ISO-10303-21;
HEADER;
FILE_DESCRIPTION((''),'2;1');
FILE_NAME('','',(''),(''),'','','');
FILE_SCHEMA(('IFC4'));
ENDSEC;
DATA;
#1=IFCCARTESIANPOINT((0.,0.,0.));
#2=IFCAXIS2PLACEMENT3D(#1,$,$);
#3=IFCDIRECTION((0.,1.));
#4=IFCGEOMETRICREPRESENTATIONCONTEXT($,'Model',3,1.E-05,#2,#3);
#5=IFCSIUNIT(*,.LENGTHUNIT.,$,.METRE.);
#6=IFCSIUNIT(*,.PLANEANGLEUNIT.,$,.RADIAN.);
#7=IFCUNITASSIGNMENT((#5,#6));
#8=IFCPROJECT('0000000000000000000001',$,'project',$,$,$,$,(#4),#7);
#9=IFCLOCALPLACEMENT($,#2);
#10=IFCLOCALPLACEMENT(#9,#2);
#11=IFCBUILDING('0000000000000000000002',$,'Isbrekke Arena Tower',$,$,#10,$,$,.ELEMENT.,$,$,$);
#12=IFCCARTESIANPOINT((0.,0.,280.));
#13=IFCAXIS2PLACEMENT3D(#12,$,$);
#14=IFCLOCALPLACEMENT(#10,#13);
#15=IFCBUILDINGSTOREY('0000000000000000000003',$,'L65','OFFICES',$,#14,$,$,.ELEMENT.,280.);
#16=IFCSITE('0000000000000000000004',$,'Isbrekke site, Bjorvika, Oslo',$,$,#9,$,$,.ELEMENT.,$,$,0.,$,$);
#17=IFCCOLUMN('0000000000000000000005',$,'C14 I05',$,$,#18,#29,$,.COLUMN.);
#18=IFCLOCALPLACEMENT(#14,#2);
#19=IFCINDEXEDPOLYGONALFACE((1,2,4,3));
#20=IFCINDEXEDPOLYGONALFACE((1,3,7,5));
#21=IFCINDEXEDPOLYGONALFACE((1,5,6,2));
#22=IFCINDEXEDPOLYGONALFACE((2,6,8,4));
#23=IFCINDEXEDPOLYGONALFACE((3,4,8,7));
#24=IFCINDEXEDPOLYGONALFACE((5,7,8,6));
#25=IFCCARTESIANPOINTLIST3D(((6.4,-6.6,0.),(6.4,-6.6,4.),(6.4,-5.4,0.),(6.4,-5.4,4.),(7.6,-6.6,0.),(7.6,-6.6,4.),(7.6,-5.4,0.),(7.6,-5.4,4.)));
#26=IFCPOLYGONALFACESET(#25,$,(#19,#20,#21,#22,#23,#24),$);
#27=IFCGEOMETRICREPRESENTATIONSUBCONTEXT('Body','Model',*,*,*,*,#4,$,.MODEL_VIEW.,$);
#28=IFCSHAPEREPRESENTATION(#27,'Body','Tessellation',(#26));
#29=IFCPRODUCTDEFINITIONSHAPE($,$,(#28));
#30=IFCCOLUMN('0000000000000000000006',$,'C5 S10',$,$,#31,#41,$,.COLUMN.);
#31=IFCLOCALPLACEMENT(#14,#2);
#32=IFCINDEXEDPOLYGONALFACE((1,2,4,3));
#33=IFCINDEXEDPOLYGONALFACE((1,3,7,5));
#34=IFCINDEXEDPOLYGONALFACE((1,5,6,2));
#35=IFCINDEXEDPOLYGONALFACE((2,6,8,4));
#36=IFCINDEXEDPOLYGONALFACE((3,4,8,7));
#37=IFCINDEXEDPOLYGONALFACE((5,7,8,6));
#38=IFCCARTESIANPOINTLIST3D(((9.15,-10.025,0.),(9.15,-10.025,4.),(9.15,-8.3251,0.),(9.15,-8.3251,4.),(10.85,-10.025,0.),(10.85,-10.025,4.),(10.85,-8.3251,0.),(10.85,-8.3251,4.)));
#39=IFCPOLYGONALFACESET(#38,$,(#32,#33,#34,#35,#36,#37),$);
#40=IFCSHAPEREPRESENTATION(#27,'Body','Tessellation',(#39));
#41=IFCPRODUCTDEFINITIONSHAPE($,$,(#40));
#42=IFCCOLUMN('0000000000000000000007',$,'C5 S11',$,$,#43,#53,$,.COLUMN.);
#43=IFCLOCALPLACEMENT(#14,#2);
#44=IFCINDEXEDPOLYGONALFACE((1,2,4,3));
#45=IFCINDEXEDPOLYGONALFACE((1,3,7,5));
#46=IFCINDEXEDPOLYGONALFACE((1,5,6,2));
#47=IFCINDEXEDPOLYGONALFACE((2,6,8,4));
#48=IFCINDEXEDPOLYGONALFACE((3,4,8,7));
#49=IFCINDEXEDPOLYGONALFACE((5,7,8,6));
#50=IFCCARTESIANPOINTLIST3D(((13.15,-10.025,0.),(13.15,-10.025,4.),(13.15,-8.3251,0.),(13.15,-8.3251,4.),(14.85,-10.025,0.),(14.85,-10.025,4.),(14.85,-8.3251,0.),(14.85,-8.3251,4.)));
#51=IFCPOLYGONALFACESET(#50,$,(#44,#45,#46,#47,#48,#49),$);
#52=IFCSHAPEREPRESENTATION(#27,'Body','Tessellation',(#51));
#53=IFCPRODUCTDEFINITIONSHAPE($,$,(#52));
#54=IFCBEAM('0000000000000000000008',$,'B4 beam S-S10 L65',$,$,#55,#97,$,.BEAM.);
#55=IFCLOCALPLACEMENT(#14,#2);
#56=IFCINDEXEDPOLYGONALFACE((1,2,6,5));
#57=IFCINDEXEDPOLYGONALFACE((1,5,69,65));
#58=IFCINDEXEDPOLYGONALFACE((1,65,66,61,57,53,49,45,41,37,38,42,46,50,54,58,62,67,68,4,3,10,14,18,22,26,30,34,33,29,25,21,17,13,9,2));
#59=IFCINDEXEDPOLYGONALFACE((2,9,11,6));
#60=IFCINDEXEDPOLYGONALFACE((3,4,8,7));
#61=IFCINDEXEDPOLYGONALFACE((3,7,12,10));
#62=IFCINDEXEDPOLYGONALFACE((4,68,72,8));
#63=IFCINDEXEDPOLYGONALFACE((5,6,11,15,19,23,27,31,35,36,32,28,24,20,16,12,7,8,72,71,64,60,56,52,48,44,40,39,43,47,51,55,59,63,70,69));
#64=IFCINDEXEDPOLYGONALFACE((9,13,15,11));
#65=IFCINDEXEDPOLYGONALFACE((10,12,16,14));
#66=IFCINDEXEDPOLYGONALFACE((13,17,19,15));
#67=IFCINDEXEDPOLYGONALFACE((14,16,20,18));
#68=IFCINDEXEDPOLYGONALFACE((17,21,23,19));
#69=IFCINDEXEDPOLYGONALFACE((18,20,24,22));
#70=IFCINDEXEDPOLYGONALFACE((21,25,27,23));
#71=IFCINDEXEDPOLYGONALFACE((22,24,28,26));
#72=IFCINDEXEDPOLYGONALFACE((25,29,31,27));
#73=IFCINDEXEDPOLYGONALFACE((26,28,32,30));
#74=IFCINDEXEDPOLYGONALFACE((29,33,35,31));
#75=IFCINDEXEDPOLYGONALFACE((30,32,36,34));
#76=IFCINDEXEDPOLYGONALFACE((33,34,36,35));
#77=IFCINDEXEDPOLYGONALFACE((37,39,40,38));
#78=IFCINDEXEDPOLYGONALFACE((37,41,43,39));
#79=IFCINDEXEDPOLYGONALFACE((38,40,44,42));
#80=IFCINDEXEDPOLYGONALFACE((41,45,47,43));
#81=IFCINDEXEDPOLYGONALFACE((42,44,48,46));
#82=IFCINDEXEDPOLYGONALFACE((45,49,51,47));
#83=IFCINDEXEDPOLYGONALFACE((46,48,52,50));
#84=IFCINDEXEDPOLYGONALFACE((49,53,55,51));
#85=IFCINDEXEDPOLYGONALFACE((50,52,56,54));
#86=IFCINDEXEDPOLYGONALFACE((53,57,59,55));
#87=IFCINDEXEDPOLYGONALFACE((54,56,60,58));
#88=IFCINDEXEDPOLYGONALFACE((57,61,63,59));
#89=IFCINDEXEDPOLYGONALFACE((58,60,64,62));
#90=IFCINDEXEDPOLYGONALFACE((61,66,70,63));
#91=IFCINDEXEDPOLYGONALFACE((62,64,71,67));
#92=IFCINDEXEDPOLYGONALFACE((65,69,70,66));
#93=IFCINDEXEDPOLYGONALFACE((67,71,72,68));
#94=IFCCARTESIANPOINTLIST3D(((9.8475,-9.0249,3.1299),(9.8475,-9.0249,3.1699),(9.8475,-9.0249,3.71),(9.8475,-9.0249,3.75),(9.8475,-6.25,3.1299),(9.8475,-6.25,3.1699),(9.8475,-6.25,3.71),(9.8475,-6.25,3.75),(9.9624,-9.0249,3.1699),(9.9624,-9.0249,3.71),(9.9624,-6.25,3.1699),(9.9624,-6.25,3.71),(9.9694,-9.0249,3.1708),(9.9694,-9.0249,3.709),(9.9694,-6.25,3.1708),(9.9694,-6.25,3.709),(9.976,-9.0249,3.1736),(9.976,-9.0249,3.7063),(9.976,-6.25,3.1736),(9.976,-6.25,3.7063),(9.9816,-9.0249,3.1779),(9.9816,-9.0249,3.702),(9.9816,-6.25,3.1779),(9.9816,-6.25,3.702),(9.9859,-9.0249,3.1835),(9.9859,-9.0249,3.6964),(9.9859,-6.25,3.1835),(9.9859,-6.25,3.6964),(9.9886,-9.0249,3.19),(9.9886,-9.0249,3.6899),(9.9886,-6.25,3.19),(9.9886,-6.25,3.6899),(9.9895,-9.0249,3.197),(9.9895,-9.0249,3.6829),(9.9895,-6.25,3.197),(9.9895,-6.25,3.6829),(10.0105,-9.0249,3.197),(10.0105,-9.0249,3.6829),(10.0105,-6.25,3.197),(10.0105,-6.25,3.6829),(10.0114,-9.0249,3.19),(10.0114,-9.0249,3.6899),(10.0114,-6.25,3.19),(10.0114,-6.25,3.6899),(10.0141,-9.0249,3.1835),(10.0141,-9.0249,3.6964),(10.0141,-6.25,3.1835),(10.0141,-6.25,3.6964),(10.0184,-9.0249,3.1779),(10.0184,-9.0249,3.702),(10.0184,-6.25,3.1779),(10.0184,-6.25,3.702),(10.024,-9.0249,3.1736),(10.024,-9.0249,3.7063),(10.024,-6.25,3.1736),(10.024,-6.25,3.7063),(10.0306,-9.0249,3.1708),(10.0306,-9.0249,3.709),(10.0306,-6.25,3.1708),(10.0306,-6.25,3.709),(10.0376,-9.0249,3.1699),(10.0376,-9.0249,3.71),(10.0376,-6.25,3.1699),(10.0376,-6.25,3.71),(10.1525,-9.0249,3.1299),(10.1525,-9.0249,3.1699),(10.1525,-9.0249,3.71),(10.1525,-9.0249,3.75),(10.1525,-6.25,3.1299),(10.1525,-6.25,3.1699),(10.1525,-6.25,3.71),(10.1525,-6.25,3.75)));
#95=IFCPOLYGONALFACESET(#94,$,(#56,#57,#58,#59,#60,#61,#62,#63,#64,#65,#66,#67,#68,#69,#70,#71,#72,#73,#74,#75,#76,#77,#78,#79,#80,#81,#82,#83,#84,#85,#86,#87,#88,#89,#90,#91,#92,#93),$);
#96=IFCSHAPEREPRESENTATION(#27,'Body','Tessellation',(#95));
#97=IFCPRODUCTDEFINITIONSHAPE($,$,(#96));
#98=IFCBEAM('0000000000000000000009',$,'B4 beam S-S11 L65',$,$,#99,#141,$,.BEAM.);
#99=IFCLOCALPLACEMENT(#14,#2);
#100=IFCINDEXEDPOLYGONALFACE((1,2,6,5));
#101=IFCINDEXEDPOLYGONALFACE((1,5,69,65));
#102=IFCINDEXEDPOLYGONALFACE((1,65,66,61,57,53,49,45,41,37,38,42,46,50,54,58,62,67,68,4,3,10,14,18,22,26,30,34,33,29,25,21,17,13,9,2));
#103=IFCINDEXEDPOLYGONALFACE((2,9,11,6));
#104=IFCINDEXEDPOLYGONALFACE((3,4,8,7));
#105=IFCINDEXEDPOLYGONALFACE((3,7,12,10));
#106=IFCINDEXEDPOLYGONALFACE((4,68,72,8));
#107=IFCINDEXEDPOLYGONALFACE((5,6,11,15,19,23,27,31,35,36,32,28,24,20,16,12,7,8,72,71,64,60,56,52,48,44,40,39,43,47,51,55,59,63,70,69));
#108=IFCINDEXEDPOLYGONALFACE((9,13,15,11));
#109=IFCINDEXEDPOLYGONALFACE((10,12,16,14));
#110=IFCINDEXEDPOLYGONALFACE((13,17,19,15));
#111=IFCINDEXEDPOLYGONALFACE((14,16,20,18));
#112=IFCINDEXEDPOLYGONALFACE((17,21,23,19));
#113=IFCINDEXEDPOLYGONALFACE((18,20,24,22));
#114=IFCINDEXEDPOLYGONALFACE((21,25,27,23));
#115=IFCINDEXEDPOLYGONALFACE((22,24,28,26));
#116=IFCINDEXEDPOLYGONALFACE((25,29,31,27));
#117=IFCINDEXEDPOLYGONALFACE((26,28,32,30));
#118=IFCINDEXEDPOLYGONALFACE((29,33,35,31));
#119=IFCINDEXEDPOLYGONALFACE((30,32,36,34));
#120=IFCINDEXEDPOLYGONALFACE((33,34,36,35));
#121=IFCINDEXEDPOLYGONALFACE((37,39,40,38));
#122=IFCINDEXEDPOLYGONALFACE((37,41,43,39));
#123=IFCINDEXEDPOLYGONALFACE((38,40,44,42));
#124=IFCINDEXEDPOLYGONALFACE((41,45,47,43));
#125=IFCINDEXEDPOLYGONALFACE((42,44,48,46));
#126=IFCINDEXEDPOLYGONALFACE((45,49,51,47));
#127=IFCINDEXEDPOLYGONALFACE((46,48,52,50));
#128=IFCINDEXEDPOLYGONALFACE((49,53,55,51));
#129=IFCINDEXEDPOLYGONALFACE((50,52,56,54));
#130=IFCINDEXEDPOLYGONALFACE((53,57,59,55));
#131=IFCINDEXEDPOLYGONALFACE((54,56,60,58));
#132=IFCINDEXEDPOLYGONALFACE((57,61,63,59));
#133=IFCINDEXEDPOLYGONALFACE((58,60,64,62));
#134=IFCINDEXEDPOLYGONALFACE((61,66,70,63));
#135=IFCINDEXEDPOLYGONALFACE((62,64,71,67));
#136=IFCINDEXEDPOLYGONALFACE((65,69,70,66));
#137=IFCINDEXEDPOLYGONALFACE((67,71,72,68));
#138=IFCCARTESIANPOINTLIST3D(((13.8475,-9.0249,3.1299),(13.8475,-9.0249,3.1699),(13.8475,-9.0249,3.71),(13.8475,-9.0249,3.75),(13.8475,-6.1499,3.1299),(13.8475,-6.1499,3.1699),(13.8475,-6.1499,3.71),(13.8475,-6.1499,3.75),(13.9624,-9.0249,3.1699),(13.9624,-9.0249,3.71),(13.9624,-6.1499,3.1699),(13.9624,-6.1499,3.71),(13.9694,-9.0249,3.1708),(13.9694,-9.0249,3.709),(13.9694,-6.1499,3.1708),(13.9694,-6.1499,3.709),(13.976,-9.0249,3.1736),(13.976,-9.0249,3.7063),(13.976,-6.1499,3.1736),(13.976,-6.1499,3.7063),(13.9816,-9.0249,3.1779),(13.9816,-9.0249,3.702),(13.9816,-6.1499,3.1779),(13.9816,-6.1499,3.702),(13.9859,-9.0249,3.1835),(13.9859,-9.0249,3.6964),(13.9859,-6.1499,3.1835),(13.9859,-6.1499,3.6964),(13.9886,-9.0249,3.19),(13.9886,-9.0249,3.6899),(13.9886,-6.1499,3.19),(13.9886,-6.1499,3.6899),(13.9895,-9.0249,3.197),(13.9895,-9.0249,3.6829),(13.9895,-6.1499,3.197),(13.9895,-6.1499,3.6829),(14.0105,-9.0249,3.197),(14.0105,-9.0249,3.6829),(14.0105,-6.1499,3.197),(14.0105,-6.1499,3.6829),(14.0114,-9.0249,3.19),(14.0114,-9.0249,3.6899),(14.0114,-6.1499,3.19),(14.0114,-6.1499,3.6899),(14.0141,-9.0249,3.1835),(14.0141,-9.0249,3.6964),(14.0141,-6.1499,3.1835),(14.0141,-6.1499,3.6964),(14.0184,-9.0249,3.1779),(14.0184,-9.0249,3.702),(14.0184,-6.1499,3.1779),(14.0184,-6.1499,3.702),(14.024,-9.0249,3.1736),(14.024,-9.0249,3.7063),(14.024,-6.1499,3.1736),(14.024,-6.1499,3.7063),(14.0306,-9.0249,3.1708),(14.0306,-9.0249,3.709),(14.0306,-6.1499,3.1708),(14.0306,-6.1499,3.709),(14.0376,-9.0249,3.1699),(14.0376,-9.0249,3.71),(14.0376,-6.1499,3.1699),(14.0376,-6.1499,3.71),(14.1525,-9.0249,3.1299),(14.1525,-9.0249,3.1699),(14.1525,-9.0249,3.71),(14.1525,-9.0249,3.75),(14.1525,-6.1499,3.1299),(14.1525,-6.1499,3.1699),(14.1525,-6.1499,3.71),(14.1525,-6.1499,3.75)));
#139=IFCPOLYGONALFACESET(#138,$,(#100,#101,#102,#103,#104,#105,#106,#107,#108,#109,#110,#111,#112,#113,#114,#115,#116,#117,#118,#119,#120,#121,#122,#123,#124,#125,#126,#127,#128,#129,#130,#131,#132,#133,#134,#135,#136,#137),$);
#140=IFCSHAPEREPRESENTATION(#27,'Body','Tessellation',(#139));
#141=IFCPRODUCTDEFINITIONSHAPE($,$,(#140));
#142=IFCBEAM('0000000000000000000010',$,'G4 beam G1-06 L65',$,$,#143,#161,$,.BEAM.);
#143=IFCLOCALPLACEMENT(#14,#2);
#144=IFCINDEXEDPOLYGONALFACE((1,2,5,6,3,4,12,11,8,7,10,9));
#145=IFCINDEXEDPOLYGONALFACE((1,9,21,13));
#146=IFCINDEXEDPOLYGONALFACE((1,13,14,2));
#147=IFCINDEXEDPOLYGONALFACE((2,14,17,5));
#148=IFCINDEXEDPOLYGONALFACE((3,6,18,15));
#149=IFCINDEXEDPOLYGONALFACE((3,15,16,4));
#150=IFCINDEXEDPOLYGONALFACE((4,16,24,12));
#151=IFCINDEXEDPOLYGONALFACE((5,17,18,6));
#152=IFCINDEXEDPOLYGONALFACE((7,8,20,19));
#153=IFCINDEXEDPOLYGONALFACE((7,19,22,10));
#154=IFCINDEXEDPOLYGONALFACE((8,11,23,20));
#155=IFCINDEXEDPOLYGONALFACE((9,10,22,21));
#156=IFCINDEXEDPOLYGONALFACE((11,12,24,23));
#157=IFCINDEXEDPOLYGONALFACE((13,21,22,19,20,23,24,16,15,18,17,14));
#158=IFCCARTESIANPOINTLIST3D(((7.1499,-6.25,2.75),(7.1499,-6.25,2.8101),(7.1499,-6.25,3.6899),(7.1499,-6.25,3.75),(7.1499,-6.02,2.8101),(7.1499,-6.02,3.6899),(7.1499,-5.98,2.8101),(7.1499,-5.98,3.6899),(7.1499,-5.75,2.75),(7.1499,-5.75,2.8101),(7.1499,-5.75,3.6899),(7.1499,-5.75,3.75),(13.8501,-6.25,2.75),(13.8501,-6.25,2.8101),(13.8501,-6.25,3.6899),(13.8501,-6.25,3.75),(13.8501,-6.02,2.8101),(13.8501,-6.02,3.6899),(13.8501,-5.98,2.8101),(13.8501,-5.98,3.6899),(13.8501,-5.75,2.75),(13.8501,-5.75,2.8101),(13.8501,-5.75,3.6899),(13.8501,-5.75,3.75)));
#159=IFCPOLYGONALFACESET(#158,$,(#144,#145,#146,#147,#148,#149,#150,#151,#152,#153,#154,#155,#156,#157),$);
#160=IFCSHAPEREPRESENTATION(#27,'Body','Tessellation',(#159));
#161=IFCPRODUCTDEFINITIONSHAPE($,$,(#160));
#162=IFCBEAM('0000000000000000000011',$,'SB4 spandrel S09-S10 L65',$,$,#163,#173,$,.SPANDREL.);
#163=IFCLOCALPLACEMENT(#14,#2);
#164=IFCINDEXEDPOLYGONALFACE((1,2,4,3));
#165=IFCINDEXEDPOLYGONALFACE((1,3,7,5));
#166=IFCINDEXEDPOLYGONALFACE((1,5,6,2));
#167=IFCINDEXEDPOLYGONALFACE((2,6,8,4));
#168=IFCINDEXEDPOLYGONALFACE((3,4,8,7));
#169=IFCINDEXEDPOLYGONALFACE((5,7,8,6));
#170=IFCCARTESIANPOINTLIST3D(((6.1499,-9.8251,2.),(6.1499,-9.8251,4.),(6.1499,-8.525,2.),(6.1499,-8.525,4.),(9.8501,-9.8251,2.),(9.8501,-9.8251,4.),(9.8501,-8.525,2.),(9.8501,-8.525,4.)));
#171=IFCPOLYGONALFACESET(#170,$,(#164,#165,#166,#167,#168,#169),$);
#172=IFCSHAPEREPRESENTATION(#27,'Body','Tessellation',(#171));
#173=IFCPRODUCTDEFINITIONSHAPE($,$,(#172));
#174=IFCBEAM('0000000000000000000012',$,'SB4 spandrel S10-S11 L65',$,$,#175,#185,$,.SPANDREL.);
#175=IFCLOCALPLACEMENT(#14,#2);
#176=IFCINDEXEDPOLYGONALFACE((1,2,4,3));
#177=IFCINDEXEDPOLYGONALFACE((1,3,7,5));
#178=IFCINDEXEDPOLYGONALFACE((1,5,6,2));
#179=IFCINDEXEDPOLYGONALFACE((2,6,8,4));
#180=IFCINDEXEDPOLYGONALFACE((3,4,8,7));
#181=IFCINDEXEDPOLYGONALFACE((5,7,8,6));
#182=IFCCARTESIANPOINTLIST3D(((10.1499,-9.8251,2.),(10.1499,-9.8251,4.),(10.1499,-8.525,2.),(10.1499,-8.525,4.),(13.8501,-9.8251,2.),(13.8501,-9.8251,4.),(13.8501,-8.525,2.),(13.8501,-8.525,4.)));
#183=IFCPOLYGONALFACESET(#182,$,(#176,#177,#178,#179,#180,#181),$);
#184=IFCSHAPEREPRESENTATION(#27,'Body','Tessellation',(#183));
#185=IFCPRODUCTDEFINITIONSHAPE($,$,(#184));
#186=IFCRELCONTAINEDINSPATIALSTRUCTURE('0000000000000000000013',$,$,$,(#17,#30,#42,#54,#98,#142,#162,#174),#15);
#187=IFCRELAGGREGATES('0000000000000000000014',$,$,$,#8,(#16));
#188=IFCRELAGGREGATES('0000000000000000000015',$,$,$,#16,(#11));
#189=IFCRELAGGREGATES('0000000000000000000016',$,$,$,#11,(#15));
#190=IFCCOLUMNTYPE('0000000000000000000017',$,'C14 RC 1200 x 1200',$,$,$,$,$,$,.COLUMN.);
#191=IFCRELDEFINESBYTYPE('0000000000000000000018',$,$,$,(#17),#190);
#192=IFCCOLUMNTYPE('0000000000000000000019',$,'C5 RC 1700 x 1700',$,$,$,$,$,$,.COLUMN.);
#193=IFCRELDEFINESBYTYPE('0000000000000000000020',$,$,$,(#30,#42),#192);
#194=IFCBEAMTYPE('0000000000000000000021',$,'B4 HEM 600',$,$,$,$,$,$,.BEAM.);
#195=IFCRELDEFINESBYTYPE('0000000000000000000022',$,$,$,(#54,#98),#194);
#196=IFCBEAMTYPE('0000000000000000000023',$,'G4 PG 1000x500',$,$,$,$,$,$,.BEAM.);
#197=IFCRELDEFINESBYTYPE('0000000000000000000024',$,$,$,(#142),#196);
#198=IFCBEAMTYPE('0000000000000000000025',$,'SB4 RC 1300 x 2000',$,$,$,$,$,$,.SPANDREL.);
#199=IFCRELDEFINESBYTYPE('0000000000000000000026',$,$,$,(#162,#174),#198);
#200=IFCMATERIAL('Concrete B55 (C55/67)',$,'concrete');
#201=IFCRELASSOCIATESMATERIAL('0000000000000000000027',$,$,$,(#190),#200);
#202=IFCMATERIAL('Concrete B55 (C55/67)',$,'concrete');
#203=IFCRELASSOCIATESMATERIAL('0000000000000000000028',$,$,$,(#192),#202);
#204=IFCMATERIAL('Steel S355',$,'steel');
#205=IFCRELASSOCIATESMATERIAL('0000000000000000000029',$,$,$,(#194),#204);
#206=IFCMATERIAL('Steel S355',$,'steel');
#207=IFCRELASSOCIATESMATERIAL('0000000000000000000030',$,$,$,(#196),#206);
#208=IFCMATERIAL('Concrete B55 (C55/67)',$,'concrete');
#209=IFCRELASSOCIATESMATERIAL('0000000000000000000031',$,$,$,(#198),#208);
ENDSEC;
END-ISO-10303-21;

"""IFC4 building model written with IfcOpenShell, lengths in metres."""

from ifc_helpers import new_model, si_unit, direction, frame, origin, origin_2d, place, context, subcontext, project, spatial, rectangle, i_section, extrude, material, material_profile, profile_set, type_object, element, save


model = new_model("IFC4")

# Units and contexts
model_context = context("Model", 3, precision=1e-05, world=origin(), true_north=direction((0.0, 1.0)))
body_context = subcontext(model_context, "Body", "Model", "MODEL_VIEW")
ifc_project = project(units=[si_unit("LENGTHUNIT", "METRE"), si_unit("PLANEANGLEUNIT", "RADIAN")], contexts=[model_context])

# Site, building, storey
site_placement = place(None, origin())
site = spatial("IfcSite", under=ifc_project, at=site_placement, Name="Isbrekke site, Bjorvika, Oslo", CompositionType="ELEMENT", RefElevation=0.0)
building_placement = place(site_placement, origin())
building = spatial("IfcBuilding", under=site, at=building_placement, Name="Isbrekke Arena Tower", CompositionType="ELEMENT")
storey_placement = place(building_placement, frame((0.0, 0.0, 280.0)))
storey = spatial("IfcBuildingStorey", under=building, at=storey_placement, Name="L65", Description="OFFICES", CompositionType="ELEMENT", Elevation=280.0)

# Columns
ifc_material_1 = material(Name="Concrete B55 (C55/67)", Category="concrete")
ifc_material_profile_1 = material_profile(ifc_material_1, rectangle(XDim=1.2, YDim=1.2, at=origin_2d()), Name="RC 1200x1200")
ifc_profile_set_1 = profile_set([ifc_material_profile_1], Name="Concrete B55 (C55/67)")
column_type_1 = type_object("IfcColumnType", Name="C14 RC 1200 x 1200", PredefinedType="COLUMN", material=ifc_profile_set_1)
column_placement = place(storey_placement, frame((7.0, -6.0, 0.0), z_axis=(0.0, 0.0, 1.0), x_axis=(1.0, 0.0, 0.0)))
element("IfcColumn", 1, at=column_placement, inside=storey, type_object=column_type_1, Name="C14 I05", PredefinedType="COLUMN", context=body_context, shape_type="SweptSolid", body=[
    extrude(rectangle(XDim=1.2, YDim=1.2, at=origin_2d()), origin(), (0.0, 0.0, 1.0), 4.0),
])
ifc_material_2 = material(Name="Concrete B55 (C55/67)", Category="concrete")
ifc_material_profile_2 = material_profile(ifc_material_2, rectangle(XDim=1.7, YDim=1.7, at=origin_2d()), Name="RC 1700x1700")
ifc_profile_set_2 = profile_set([ifc_material_profile_2], Name="Concrete B55 (C55/67)")
column_type_2 = type_object("IfcColumnType", Name="C5 RC 1700 x 1700", PredefinedType="COLUMN", material=ifc_profile_set_2)
for number, where, z_axis, x_axis, name in (
    (2, (10.0, -9.175, 0.0), (0.0, 0.0, 1.0), (1.0, 0.0, 0.0), "C5 S10"),
    (3, (14.0, -9.175, 0.0), (0.0, 0.0, 1.0), (1.0, 0.0, 0.0), "C5 S11"),
):
    element("IfcColumn", number, at=place(storey_placement, frame(where, z_axis=z_axis, x_axis=x_axis)), inside=storey, type_object=column_type_2, Name=name, PredefinedType="COLUMN", context=body_context, shape_type="SweptSolid", body=[
        extrude(rectangle(XDim=1.7, YDim=1.7, at=origin_2d()), origin(), (0.0, 0.0, 1.0), 4.0),
    ])

# Beams
ifc_material_3 = material(Name="Steel S355", Category="steel")
ifc_material_profile_3 = material_profile(ifc_material_3, i_section(OverallWidth=0.3049, OverallDepth=0.6201, WebThickness=0.021, FlangeThickness=0.04, FilletRadius=0.0271, at=origin_2d()), Name="HEM 600")
ifc_profile_set_3 = profile_set([ifc_material_profile_3], Name="Steel S355")
beam_type_1 = type_object("IfcBeamType", Name="B4 HEM 600", PredefinedType="BEAM", material=ifc_profile_set_3)
beam_1_placement = place(storey_placement, frame((10.0, -9.0249, 3.4399), z_axis=(0.0, 1.0, 0.0), x_axis=(-1.0, 0.0, 0.0)))
element("IfcBeam", 4, at=beam_1_placement, inside=storey, type_object=beam_type_1, Name="B4 beam S-S10 L65", PredefinedType="BEAM", context=body_context, shape_type="SweptSolid", body=[
    extrude(i_section(OverallWidth=0.3049, OverallDepth=0.6201, WebThickness=0.021, FlangeThickness=0.04, FilletRadius=0.0271, at=origin_2d()), origin(), (0.0, 0.0, 1.0), 2.7749),
])
beam_2_placement = place(storey_placement, frame((14.0, -9.0249, 3.4399), z_axis=(0.0, 1.0, 0.0), x_axis=(-1.0, 0.0, 0.0)))
element("IfcBeam", 5, at=beam_2_placement, inside=storey, type_object=beam_type_1, Name="B4 beam S-S11 L65", PredefinedType="BEAM", context=body_context, shape_type="SweptSolid", body=[
    extrude(i_section(OverallWidth=0.3049, OverallDepth=0.6201, WebThickness=0.021, FlangeThickness=0.04, FilletRadius=0.0271, at=origin_2d()), origin(), (0.0, 0.0, 1.0), 2.875),
])
ifc_material_4 = material(Name="Steel S355", Category="steel")
ifc_material_profile_4 = material_profile(ifc_material_4, i_section(OverallWidth=0.5, OverallDepth=1.0, WebThickness=0.04, FlangeThickness=0.0601, at=origin_2d()), Name="PG 1000x500")
ifc_profile_set_4 = profile_set([ifc_material_profile_4], Name="Steel S355")
beam_type_2 = type_object("IfcBeamType", Name="G4 PG 1000x500", PredefinedType="BEAM", material=ifc_profile_set_4)
beam_3_placement = place(storey_placement, frame((7.1499, -6.0, 3.25), z_axis=(1.0, 0.0, 0.0), x_axis=(0.0, 1.0, 0.0)))
element("IfcBeam", 6, at=beam_3_placement, inside=storey, type_object=beam_type_2, Name="G4 beam G1-06 L65", PredefinedType="BEAM", context=body_context, shape_type="SweptSolid", body=[
    extrude(i_section(OverallWidth=0.5, OverallDepth=1.0, WebThickness=0.04, FlangeThickness=0.0601, at=origin_2d()), origin(), (0.0, 0.0, 1.0), 6.7002),
])
ifc_material_5 = material(Name="Concrete B55 (C55/67)", Category="concrete")
ifc_material_profile_5 = material_profile(ifc_material_5, rectangle(XDim=1.3, YDim=2.0, at=origin_2d()), Name="RC 1300x2000")
ifc_profile_set_5 = profile_set([ifc_material_profile_5], Name="Concrete B55 (C55/67)")
beam_type_3 = type_object("IfcBeamType", Name="SB4 RC 1300 x 2000", PredefinedType="SPANDREL", material=ifc_profile_set_5)
for number, where, z_axis, x_axis, name in (
    (7, (6.1499, -9.175, 3.0), (1.0, 0.0, 0.0), (0.0, 1.0, 0.0), "SB4 spandrel S09-S10 L65"),
    (8, (10.1499, -9.175, 3.0), (1.0, 0.0, 0.0), (0.0, 1.0, 0.0), "SB4 spandrel S10-S11 L65"),
):
    element("IfcBeam", number, at=place(storey_placement, frame(where, z_axis=z_axis, x_axis=x_axis)), inside=storey, type_object=beam_type_3, Name=name, PredefinedType="SPANDREL", context=body_context, shape_type="SweptSolid", body=[
        extrude(rectangle(XDim=1.3, YDim=2.0, at=origin_2d()), origin(), (0.0, 0.0, 1.0), 3.7002),
    ])

save(model, "model.ifc")
